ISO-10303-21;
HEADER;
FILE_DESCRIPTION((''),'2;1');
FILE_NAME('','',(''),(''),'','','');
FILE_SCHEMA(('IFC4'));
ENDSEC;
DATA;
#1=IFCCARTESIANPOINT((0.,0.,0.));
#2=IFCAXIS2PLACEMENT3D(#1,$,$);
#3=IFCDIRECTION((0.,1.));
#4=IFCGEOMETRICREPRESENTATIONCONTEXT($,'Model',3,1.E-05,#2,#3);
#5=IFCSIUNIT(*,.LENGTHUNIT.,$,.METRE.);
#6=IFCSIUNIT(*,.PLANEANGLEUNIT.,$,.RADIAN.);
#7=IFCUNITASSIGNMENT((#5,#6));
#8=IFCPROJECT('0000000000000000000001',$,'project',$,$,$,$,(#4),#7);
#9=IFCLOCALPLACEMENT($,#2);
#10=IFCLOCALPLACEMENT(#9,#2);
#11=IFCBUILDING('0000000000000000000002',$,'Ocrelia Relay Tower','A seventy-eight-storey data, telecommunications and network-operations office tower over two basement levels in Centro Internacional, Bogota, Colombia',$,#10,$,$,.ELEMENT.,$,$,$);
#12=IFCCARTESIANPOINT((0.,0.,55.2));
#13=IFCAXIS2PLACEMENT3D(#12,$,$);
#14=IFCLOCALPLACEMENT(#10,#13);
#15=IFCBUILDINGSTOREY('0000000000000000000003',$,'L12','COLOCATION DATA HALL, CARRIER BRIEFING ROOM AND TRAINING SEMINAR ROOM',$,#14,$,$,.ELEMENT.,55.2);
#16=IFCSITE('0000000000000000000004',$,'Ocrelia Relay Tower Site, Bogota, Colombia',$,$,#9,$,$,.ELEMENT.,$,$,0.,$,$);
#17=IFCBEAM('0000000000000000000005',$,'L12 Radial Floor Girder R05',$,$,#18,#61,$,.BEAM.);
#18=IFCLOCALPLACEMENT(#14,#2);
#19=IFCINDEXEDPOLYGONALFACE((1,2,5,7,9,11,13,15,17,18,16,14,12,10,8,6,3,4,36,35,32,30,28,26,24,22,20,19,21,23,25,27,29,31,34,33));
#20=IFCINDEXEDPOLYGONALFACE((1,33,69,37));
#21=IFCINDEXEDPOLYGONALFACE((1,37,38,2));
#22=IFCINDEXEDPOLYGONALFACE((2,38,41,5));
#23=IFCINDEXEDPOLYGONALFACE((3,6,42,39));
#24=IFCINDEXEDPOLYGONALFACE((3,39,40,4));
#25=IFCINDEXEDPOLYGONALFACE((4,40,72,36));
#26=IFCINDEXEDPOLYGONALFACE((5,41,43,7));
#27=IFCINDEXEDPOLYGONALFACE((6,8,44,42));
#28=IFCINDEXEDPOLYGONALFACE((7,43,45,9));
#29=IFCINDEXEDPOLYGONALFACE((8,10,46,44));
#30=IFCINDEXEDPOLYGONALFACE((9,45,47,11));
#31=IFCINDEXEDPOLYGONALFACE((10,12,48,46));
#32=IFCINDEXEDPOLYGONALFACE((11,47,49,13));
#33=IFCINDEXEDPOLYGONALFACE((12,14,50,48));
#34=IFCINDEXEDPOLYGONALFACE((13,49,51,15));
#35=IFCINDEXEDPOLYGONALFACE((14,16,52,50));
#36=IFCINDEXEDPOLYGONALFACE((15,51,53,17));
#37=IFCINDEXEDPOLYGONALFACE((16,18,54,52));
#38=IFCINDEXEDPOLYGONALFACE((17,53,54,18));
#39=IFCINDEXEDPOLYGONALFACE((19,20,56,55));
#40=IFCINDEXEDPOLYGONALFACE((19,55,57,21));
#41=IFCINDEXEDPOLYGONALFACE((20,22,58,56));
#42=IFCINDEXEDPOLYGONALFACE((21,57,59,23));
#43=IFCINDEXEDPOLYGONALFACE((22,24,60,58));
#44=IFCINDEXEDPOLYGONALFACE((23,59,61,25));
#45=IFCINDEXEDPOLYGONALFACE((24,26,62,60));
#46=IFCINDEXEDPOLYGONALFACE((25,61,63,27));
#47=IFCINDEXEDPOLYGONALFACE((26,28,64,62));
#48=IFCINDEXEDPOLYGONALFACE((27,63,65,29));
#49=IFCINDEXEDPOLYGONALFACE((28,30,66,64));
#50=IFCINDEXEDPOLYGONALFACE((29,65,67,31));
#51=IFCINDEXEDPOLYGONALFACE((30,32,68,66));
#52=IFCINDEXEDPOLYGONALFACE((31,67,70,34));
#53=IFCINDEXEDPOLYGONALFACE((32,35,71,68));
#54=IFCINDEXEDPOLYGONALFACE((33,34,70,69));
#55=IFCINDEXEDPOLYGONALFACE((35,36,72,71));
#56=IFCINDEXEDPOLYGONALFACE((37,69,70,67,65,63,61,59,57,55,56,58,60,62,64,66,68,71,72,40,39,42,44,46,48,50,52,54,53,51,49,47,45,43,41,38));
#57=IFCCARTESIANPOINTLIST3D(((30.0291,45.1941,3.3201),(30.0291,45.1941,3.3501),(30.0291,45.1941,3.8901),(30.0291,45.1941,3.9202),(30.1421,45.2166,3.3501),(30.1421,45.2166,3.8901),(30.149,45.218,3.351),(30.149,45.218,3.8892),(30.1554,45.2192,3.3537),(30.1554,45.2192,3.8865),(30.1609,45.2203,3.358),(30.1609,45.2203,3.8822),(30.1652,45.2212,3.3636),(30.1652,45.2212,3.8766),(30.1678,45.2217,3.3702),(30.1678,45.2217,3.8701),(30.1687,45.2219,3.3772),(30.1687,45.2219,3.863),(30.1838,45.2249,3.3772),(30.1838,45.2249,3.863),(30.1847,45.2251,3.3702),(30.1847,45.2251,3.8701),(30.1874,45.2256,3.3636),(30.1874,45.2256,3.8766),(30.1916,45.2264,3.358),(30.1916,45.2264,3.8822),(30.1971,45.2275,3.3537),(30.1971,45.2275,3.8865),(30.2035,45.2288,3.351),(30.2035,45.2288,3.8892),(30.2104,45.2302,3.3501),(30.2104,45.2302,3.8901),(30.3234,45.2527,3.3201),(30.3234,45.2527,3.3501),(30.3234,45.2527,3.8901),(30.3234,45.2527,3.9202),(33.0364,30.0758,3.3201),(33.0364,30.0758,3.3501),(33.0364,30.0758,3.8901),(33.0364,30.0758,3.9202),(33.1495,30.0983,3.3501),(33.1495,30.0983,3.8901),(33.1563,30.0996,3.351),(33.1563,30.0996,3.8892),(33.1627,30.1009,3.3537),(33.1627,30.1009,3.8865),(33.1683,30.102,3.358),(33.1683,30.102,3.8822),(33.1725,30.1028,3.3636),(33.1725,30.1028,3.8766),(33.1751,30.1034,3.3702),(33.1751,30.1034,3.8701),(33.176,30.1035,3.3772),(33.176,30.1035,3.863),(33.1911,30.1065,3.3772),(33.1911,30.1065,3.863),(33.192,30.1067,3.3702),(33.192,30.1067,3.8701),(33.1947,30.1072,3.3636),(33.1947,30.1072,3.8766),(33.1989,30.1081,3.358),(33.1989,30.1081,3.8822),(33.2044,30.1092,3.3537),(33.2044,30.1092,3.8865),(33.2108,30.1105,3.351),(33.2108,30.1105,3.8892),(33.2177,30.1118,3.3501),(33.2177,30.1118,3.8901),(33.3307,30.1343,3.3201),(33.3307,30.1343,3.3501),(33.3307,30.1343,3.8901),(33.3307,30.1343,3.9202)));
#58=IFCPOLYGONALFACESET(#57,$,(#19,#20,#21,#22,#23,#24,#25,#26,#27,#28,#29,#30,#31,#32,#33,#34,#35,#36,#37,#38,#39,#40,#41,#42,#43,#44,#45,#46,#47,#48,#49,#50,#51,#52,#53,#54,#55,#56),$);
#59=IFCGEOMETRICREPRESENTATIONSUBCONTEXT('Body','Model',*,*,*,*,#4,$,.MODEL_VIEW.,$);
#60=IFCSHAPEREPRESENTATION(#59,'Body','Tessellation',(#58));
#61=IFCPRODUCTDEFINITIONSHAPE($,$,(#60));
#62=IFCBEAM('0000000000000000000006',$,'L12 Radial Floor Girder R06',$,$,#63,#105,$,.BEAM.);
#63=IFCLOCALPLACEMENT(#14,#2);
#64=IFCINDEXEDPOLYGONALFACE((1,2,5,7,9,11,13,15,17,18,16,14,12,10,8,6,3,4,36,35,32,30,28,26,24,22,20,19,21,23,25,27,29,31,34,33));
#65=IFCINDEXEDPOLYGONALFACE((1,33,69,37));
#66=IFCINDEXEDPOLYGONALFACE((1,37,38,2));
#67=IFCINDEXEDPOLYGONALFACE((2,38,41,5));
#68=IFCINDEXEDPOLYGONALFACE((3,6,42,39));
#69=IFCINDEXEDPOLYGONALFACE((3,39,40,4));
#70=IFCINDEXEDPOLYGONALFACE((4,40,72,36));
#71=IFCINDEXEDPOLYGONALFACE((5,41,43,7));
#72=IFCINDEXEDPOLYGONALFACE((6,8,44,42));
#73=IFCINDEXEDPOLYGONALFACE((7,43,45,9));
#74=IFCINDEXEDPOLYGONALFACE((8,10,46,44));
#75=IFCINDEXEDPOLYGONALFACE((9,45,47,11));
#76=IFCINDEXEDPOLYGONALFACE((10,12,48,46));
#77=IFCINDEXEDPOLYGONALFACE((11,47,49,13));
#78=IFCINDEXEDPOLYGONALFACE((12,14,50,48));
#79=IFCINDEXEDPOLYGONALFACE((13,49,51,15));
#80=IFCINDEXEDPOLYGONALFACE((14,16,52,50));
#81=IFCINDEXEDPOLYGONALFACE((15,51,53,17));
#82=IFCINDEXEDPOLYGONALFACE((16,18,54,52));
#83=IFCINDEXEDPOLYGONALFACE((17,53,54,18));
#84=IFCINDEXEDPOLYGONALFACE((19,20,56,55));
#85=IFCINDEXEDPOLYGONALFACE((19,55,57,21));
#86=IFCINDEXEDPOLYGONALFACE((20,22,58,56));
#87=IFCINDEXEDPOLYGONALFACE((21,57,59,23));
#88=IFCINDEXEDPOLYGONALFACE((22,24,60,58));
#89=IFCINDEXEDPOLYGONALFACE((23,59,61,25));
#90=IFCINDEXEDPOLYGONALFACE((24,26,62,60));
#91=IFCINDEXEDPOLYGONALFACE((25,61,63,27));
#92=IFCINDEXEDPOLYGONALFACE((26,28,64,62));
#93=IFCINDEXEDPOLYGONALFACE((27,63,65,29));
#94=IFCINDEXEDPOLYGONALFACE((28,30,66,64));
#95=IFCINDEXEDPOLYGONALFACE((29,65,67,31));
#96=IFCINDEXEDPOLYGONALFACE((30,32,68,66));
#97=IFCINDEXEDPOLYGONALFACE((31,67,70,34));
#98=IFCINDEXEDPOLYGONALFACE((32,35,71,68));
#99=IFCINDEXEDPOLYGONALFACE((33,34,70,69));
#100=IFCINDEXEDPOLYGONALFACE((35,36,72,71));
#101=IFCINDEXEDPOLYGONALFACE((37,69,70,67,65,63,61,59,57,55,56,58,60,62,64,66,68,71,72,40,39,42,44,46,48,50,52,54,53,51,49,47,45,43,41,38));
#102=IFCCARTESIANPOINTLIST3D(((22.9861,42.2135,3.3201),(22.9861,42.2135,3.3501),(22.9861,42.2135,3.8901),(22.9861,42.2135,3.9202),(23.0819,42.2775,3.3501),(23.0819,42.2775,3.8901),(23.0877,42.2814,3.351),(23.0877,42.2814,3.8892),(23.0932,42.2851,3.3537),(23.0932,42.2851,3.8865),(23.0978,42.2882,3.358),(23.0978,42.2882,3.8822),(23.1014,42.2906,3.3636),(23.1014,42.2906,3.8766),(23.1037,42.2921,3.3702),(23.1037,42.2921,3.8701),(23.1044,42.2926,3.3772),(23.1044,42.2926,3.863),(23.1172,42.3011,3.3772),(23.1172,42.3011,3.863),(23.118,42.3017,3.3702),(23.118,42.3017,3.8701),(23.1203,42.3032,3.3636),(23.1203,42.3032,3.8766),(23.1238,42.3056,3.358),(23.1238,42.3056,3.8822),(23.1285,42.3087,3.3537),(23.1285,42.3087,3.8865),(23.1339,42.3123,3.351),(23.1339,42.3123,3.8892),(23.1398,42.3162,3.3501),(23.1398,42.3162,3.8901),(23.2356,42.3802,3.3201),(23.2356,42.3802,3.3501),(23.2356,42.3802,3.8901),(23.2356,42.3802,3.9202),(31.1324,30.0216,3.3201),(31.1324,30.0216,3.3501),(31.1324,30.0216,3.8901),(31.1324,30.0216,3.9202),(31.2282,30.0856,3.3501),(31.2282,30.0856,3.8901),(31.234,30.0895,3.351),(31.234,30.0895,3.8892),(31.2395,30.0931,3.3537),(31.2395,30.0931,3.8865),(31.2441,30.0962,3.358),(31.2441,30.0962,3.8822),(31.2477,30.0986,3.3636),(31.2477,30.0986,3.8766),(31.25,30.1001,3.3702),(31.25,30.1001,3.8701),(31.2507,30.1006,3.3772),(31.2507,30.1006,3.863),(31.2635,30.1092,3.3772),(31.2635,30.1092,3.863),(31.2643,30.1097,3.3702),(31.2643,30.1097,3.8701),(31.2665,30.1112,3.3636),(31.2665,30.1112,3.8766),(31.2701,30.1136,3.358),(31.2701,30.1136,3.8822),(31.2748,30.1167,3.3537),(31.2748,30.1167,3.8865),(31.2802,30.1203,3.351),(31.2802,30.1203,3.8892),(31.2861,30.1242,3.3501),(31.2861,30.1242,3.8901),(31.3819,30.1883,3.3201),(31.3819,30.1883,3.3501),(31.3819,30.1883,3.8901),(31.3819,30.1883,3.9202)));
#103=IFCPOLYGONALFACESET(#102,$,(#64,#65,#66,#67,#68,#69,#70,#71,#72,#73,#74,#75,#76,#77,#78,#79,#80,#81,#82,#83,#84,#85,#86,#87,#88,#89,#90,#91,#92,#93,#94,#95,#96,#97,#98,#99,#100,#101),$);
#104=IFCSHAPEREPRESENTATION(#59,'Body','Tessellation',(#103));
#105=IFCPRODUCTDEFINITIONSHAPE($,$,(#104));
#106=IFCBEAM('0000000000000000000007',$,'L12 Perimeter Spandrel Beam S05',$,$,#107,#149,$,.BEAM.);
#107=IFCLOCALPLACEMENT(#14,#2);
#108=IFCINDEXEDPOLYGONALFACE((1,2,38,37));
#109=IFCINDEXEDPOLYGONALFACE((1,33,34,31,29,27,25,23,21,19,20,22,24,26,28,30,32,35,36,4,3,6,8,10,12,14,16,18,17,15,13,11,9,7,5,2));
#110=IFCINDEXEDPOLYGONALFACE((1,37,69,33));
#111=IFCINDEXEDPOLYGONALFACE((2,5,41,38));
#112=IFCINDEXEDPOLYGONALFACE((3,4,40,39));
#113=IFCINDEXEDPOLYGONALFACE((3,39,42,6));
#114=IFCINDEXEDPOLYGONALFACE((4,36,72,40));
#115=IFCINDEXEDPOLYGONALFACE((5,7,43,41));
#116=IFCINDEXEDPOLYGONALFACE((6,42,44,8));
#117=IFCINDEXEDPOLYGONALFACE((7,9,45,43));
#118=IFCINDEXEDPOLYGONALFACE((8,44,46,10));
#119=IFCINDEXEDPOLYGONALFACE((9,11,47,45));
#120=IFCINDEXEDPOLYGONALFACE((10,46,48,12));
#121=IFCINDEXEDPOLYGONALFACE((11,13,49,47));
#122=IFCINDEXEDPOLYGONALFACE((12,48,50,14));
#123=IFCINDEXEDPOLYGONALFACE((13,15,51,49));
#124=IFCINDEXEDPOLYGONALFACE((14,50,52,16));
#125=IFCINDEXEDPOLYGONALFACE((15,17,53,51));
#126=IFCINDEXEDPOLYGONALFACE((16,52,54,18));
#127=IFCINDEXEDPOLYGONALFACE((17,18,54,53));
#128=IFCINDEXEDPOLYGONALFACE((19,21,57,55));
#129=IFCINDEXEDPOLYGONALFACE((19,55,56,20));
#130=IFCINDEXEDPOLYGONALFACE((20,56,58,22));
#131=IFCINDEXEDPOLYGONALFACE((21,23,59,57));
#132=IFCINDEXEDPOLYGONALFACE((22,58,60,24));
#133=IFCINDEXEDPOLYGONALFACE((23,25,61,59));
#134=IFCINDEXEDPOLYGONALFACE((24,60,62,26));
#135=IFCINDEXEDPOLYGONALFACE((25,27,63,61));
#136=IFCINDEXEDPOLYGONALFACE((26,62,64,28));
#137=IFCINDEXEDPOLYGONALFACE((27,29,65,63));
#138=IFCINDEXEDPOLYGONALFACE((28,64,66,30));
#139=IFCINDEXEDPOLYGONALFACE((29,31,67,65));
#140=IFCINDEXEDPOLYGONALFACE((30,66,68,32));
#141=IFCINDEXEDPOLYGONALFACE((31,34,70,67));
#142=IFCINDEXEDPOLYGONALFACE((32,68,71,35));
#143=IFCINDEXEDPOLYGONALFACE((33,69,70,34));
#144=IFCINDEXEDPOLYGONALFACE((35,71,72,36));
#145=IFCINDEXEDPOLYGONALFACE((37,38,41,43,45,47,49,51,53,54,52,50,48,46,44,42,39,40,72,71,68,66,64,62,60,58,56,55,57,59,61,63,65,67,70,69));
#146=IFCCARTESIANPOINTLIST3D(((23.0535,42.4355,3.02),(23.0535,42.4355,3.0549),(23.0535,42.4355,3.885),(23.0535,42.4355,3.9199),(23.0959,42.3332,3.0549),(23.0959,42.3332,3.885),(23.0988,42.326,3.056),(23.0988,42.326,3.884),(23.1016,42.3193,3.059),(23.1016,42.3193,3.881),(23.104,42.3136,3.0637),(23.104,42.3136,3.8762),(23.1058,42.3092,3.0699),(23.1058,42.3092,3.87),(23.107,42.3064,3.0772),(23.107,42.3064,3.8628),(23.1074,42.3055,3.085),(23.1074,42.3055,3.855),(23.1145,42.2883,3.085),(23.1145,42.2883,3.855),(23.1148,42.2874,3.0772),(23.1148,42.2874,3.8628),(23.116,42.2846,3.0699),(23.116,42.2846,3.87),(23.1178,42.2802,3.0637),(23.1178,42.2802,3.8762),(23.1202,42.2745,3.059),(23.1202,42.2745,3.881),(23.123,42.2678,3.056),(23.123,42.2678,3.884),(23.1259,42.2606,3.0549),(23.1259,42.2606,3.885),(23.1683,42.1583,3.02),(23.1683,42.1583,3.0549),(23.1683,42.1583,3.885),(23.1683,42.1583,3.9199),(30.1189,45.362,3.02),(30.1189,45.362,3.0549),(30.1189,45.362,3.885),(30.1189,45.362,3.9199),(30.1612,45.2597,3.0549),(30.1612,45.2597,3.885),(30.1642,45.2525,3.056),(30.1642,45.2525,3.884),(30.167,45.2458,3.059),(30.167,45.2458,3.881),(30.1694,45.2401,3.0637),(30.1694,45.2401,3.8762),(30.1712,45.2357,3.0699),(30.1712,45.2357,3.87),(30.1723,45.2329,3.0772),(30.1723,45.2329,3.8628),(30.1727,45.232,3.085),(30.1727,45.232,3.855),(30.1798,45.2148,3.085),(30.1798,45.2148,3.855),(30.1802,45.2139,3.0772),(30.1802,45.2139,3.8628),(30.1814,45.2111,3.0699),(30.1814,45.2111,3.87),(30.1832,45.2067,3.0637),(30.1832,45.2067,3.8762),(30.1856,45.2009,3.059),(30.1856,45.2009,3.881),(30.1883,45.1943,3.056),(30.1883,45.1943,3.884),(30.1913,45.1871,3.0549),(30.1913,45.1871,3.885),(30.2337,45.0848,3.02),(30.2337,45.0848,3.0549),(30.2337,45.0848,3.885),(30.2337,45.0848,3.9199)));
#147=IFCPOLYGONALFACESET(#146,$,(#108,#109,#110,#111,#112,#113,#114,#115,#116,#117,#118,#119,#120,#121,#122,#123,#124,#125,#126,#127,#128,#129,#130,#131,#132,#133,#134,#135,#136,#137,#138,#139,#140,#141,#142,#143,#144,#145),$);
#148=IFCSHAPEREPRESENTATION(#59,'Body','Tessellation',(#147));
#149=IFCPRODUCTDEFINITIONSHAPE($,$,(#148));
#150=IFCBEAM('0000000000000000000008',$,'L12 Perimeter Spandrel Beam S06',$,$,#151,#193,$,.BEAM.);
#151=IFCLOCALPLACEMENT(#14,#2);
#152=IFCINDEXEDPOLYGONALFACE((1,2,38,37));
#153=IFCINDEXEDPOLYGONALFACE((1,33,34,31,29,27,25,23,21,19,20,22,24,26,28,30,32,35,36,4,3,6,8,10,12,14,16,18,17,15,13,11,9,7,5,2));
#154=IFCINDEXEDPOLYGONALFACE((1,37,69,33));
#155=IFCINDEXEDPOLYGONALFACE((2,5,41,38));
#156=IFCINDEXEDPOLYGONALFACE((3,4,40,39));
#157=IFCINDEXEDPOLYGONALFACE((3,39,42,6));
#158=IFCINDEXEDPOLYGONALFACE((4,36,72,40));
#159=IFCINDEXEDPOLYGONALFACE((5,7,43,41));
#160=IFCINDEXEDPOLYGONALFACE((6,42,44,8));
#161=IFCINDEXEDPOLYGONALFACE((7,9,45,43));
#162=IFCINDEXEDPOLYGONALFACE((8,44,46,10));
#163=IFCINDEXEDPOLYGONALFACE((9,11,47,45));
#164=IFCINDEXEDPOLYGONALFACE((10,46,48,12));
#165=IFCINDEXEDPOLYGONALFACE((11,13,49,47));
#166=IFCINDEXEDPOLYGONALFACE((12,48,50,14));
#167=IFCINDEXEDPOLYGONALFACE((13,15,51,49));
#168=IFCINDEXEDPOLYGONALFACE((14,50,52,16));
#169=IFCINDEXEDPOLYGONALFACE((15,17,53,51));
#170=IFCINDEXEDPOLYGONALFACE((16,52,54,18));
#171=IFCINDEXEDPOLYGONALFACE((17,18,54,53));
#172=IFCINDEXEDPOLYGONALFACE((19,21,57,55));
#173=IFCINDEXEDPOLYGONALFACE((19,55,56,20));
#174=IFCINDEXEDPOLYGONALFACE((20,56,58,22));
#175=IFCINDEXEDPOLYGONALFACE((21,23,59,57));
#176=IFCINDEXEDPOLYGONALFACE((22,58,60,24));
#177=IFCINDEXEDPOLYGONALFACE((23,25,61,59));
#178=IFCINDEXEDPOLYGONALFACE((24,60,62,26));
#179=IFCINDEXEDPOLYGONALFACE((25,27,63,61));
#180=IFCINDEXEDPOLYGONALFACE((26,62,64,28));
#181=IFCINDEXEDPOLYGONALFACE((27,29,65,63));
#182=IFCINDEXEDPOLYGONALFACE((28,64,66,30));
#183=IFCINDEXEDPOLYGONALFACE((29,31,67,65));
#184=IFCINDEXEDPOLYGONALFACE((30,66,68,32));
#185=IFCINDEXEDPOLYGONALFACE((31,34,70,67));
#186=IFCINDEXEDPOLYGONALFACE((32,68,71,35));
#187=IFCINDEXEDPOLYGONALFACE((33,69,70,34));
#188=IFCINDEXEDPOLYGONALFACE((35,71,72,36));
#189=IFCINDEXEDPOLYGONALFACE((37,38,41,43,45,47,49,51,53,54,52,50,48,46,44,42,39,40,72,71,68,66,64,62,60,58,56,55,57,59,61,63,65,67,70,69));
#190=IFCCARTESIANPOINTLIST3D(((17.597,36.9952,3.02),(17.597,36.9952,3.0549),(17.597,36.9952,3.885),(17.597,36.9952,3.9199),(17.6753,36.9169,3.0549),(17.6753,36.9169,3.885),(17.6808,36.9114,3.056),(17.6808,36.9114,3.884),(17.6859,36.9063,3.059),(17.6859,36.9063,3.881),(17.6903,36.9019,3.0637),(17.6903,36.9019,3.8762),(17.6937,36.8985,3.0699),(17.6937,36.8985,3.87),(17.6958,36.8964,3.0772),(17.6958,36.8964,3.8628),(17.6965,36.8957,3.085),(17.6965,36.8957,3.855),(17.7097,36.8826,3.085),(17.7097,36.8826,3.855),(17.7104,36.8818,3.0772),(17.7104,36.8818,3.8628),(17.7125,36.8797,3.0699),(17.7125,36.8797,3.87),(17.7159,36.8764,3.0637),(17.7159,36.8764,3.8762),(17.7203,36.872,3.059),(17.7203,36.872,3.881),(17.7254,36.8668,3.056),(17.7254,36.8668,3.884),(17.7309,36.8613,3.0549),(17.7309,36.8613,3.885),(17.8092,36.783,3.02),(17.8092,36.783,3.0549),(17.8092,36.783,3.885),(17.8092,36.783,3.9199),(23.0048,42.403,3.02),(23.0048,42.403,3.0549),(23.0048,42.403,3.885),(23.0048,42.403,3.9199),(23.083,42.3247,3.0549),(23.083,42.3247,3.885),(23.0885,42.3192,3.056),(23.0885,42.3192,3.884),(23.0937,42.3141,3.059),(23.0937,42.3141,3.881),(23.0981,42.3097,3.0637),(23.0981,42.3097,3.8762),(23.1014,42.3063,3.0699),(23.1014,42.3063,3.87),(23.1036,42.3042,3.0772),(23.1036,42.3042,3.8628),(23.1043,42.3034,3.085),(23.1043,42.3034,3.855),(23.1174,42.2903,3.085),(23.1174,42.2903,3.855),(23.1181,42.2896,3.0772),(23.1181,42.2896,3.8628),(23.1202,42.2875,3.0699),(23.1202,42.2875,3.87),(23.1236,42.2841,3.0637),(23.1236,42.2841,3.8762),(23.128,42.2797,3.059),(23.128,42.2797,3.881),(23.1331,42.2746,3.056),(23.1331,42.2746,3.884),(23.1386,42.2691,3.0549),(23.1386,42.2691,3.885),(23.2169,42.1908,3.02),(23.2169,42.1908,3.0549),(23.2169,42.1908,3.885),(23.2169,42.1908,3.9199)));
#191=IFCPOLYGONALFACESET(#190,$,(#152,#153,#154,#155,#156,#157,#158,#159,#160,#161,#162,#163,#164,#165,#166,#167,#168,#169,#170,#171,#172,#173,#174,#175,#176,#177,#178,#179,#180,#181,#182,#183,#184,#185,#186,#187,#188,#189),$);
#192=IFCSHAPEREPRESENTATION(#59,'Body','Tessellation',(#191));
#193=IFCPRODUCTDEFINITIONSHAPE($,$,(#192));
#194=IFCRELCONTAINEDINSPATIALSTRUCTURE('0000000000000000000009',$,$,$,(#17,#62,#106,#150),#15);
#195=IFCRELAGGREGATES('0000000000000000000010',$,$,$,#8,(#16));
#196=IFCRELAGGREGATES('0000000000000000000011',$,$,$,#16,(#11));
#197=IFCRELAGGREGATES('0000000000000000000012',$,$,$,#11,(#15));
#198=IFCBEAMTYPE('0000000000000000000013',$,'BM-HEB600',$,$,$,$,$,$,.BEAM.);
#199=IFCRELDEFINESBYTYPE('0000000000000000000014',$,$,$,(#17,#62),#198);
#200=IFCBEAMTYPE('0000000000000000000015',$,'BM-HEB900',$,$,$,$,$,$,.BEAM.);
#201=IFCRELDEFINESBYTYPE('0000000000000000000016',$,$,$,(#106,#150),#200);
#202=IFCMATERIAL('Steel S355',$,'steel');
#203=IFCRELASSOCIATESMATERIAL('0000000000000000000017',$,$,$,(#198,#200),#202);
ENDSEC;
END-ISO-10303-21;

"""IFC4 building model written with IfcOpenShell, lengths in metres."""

from ifc_helpers import new_model, si_unit, direction, frame, origin, origin_2d, place, context, subcontext, project, spatial, i_section, extrude, material, material_profile, profile_set, type_object, element, save


model = new_model("IFC4")

# Units and contexts
model_context = context("Model", 3, precision=1e-05, world=origin(), true_north=direction((0.0, 1.0)))
body_context = subcontext(model_context, "Body", "Model", "MODEL_VIEW")
ifc_project = project(units=[si_unit("LENGTHUNIT", "METRE"), si_unit("PLANEANGLEUNIT", "RADIAN")], contexts=[model_context])

# Site, building, storey
site_placement = place(None, origin())
site = spatial("IfcSite", under=ifc_project, at=site_placement, Name="Ocrelia Relay Tower Site, Bogota, Colombia", CompositionType="ELEMENT", RefElevation=0.0)
building_placement = place(site_placement, origin())
building = spatial("IfcBuilding", under=site, at=building_placement, Name="Ocrelia Relay Tower", Description="A seventy-eight-storey data, telecommunications and network-operations office tower over two basement levels in Centro Internacional, Bogota, Colombia", CompositionType="ELEMENT")
storey_placement = place(building_placement, frame((0.0, 0.0, 55.2)))
storey = spatial("IfcBuildingStorey", under=building, at=storey_placement, Name="L12", Description="COLOCATION DATA HALL, CARRIER BRIEFING ROOM AND TRAINING SEMINAR ROOM", CompositionType="ELEMENT", Elevation=55.2)

# Beams
ifc_material_1 = material(Name="Steel S355", Category="steel")
ifc_material_profile_1 = material_profile(ifc_material_1, i_section(OverallWidth=0.3, OverallDepth=0.6001, WebThickness=0.0154, FlangeThickness=0.03, FilletRadius=0.0271, at=origin_2d()), Name="HEB 600")
ifc_profile_set_1 = profile_set([ifc_material_profile_1], Name="Steel S355")
beam_type_1 = type_object("IfcBeamType", Name="BM-HEB600", PredefinedType="BEAM", material=ifc_profile_set_1)
beam_1_placement = place(storey_placement, frame((30.1763, 45.2234, 3.6201), z_axis=(0.195096, -0.980784, 0.0), x_axis=(0.980784, 0.195096, 0.0)))
element("IfcBeam", 1, at=beam_1_placement, inside=storey, type_object=beam_type_1, Name="L12 Radial Floor Girder R05", PredefinedType="BEAM", context=body_context, shape_type="SweptSolid", body=[
    extrude(i_section(OverallWidth=0.3, OverallDepth=0.6001, WebThickness=0.0154, FlangeThickness=0.03, FilletRadius=0.0271, at=origin_2d()), origin(), (0.0, 0.0, 1.0), 15.4146),
])
beam_2_placement = place(storey_placement, frame((23.1108, 42.2969, 3.6201), z_axis=(0.555564, -0.831473, 0.0), x_axis=(0.831473, 0.555564, 0.0)))
element("IfcBeam", 2, at=beam_2_placement, inside=storey, type_object=beam_type_1, Name="L12 Radial Floor Girder R06", PredefinedType="BEAM", context=body_context, shape_type="SweptSolid", body=[
    extrude(i_section(OverallWidth=0.3, OverallDepth=0.6001, WebThickness=0.0154, FlangeThickness=0.03, FilletRadius=0.0271, at=origin_2d()), origin(), (0.0, 0.0, 1.0), 14.6631),
])
ifc_material_profile_2 = material_profile(ifc_material_1, i_section(OverallWidth=0.3, OverallDepth=0.8999, WebThickness=0.0186, FlangeThickness=0.0349, FilletRadius=0.03, at=origin_2d()), Name="HEB 900")
ifc_profile_set_2 = profile_set([ifc_material_profile_2], Name="Steel S355")
beam_type_2 = type_object("IfcBeamType", Name="BM-HEB900", PredefinedType="BEAM", material=ifc_profile_set_2)
beam_3_placement = place(storey_placement, frame((30.1763, 45.2234, 3.47), z_axis=(-0.923883, -0.382674, 0.0), x_axis=(0.382674, -0.923883, 0.0)))
element("IfcBeam", 3, at=beam_3_placement, inside=storey, type_object=beam_type_2, Name="L12 Perimeter Spandrel Beam S05", PredefinedType="BEAM", context=body_context, shape_type="SweptSolid", body=[
    extrude(i_section(OverallWidth=0.3, OverallDepth=0.8999, WebThickness=0.0186, FlangeThickness=0.0349, FilletRadius=0.03, at=origin_2d()), origin(), (0.0, 0.0, 1.0), 7.6475),
])
beam_4_placement = place(storey_placement, frame((23.1108, 42.2969, 3.47), z_axis=(-0.707107, -0.707107, 0.0), x_axis=(0.707107, -0.707107, 0.0)))
element("IfcBeam", 4, at=beam_4_placement, inside=storey, type_object=beam_type_2, Name="L12 Perimeter Spandrel Beam S06", PredefinedType="BEAM", context=body_context, shape_type="SweptSolid", body=[
    extrude(i_section(OverallWidth=0.3, OverallDepth=0.8999, WebThickness=0.0186, FlangeThickness=0.0349, FilletRadius=0.03, at=origin_2d()), origin(), (0.0, 0.0, 1.0), 7.6477),
])

save(model, "model.ifc")
